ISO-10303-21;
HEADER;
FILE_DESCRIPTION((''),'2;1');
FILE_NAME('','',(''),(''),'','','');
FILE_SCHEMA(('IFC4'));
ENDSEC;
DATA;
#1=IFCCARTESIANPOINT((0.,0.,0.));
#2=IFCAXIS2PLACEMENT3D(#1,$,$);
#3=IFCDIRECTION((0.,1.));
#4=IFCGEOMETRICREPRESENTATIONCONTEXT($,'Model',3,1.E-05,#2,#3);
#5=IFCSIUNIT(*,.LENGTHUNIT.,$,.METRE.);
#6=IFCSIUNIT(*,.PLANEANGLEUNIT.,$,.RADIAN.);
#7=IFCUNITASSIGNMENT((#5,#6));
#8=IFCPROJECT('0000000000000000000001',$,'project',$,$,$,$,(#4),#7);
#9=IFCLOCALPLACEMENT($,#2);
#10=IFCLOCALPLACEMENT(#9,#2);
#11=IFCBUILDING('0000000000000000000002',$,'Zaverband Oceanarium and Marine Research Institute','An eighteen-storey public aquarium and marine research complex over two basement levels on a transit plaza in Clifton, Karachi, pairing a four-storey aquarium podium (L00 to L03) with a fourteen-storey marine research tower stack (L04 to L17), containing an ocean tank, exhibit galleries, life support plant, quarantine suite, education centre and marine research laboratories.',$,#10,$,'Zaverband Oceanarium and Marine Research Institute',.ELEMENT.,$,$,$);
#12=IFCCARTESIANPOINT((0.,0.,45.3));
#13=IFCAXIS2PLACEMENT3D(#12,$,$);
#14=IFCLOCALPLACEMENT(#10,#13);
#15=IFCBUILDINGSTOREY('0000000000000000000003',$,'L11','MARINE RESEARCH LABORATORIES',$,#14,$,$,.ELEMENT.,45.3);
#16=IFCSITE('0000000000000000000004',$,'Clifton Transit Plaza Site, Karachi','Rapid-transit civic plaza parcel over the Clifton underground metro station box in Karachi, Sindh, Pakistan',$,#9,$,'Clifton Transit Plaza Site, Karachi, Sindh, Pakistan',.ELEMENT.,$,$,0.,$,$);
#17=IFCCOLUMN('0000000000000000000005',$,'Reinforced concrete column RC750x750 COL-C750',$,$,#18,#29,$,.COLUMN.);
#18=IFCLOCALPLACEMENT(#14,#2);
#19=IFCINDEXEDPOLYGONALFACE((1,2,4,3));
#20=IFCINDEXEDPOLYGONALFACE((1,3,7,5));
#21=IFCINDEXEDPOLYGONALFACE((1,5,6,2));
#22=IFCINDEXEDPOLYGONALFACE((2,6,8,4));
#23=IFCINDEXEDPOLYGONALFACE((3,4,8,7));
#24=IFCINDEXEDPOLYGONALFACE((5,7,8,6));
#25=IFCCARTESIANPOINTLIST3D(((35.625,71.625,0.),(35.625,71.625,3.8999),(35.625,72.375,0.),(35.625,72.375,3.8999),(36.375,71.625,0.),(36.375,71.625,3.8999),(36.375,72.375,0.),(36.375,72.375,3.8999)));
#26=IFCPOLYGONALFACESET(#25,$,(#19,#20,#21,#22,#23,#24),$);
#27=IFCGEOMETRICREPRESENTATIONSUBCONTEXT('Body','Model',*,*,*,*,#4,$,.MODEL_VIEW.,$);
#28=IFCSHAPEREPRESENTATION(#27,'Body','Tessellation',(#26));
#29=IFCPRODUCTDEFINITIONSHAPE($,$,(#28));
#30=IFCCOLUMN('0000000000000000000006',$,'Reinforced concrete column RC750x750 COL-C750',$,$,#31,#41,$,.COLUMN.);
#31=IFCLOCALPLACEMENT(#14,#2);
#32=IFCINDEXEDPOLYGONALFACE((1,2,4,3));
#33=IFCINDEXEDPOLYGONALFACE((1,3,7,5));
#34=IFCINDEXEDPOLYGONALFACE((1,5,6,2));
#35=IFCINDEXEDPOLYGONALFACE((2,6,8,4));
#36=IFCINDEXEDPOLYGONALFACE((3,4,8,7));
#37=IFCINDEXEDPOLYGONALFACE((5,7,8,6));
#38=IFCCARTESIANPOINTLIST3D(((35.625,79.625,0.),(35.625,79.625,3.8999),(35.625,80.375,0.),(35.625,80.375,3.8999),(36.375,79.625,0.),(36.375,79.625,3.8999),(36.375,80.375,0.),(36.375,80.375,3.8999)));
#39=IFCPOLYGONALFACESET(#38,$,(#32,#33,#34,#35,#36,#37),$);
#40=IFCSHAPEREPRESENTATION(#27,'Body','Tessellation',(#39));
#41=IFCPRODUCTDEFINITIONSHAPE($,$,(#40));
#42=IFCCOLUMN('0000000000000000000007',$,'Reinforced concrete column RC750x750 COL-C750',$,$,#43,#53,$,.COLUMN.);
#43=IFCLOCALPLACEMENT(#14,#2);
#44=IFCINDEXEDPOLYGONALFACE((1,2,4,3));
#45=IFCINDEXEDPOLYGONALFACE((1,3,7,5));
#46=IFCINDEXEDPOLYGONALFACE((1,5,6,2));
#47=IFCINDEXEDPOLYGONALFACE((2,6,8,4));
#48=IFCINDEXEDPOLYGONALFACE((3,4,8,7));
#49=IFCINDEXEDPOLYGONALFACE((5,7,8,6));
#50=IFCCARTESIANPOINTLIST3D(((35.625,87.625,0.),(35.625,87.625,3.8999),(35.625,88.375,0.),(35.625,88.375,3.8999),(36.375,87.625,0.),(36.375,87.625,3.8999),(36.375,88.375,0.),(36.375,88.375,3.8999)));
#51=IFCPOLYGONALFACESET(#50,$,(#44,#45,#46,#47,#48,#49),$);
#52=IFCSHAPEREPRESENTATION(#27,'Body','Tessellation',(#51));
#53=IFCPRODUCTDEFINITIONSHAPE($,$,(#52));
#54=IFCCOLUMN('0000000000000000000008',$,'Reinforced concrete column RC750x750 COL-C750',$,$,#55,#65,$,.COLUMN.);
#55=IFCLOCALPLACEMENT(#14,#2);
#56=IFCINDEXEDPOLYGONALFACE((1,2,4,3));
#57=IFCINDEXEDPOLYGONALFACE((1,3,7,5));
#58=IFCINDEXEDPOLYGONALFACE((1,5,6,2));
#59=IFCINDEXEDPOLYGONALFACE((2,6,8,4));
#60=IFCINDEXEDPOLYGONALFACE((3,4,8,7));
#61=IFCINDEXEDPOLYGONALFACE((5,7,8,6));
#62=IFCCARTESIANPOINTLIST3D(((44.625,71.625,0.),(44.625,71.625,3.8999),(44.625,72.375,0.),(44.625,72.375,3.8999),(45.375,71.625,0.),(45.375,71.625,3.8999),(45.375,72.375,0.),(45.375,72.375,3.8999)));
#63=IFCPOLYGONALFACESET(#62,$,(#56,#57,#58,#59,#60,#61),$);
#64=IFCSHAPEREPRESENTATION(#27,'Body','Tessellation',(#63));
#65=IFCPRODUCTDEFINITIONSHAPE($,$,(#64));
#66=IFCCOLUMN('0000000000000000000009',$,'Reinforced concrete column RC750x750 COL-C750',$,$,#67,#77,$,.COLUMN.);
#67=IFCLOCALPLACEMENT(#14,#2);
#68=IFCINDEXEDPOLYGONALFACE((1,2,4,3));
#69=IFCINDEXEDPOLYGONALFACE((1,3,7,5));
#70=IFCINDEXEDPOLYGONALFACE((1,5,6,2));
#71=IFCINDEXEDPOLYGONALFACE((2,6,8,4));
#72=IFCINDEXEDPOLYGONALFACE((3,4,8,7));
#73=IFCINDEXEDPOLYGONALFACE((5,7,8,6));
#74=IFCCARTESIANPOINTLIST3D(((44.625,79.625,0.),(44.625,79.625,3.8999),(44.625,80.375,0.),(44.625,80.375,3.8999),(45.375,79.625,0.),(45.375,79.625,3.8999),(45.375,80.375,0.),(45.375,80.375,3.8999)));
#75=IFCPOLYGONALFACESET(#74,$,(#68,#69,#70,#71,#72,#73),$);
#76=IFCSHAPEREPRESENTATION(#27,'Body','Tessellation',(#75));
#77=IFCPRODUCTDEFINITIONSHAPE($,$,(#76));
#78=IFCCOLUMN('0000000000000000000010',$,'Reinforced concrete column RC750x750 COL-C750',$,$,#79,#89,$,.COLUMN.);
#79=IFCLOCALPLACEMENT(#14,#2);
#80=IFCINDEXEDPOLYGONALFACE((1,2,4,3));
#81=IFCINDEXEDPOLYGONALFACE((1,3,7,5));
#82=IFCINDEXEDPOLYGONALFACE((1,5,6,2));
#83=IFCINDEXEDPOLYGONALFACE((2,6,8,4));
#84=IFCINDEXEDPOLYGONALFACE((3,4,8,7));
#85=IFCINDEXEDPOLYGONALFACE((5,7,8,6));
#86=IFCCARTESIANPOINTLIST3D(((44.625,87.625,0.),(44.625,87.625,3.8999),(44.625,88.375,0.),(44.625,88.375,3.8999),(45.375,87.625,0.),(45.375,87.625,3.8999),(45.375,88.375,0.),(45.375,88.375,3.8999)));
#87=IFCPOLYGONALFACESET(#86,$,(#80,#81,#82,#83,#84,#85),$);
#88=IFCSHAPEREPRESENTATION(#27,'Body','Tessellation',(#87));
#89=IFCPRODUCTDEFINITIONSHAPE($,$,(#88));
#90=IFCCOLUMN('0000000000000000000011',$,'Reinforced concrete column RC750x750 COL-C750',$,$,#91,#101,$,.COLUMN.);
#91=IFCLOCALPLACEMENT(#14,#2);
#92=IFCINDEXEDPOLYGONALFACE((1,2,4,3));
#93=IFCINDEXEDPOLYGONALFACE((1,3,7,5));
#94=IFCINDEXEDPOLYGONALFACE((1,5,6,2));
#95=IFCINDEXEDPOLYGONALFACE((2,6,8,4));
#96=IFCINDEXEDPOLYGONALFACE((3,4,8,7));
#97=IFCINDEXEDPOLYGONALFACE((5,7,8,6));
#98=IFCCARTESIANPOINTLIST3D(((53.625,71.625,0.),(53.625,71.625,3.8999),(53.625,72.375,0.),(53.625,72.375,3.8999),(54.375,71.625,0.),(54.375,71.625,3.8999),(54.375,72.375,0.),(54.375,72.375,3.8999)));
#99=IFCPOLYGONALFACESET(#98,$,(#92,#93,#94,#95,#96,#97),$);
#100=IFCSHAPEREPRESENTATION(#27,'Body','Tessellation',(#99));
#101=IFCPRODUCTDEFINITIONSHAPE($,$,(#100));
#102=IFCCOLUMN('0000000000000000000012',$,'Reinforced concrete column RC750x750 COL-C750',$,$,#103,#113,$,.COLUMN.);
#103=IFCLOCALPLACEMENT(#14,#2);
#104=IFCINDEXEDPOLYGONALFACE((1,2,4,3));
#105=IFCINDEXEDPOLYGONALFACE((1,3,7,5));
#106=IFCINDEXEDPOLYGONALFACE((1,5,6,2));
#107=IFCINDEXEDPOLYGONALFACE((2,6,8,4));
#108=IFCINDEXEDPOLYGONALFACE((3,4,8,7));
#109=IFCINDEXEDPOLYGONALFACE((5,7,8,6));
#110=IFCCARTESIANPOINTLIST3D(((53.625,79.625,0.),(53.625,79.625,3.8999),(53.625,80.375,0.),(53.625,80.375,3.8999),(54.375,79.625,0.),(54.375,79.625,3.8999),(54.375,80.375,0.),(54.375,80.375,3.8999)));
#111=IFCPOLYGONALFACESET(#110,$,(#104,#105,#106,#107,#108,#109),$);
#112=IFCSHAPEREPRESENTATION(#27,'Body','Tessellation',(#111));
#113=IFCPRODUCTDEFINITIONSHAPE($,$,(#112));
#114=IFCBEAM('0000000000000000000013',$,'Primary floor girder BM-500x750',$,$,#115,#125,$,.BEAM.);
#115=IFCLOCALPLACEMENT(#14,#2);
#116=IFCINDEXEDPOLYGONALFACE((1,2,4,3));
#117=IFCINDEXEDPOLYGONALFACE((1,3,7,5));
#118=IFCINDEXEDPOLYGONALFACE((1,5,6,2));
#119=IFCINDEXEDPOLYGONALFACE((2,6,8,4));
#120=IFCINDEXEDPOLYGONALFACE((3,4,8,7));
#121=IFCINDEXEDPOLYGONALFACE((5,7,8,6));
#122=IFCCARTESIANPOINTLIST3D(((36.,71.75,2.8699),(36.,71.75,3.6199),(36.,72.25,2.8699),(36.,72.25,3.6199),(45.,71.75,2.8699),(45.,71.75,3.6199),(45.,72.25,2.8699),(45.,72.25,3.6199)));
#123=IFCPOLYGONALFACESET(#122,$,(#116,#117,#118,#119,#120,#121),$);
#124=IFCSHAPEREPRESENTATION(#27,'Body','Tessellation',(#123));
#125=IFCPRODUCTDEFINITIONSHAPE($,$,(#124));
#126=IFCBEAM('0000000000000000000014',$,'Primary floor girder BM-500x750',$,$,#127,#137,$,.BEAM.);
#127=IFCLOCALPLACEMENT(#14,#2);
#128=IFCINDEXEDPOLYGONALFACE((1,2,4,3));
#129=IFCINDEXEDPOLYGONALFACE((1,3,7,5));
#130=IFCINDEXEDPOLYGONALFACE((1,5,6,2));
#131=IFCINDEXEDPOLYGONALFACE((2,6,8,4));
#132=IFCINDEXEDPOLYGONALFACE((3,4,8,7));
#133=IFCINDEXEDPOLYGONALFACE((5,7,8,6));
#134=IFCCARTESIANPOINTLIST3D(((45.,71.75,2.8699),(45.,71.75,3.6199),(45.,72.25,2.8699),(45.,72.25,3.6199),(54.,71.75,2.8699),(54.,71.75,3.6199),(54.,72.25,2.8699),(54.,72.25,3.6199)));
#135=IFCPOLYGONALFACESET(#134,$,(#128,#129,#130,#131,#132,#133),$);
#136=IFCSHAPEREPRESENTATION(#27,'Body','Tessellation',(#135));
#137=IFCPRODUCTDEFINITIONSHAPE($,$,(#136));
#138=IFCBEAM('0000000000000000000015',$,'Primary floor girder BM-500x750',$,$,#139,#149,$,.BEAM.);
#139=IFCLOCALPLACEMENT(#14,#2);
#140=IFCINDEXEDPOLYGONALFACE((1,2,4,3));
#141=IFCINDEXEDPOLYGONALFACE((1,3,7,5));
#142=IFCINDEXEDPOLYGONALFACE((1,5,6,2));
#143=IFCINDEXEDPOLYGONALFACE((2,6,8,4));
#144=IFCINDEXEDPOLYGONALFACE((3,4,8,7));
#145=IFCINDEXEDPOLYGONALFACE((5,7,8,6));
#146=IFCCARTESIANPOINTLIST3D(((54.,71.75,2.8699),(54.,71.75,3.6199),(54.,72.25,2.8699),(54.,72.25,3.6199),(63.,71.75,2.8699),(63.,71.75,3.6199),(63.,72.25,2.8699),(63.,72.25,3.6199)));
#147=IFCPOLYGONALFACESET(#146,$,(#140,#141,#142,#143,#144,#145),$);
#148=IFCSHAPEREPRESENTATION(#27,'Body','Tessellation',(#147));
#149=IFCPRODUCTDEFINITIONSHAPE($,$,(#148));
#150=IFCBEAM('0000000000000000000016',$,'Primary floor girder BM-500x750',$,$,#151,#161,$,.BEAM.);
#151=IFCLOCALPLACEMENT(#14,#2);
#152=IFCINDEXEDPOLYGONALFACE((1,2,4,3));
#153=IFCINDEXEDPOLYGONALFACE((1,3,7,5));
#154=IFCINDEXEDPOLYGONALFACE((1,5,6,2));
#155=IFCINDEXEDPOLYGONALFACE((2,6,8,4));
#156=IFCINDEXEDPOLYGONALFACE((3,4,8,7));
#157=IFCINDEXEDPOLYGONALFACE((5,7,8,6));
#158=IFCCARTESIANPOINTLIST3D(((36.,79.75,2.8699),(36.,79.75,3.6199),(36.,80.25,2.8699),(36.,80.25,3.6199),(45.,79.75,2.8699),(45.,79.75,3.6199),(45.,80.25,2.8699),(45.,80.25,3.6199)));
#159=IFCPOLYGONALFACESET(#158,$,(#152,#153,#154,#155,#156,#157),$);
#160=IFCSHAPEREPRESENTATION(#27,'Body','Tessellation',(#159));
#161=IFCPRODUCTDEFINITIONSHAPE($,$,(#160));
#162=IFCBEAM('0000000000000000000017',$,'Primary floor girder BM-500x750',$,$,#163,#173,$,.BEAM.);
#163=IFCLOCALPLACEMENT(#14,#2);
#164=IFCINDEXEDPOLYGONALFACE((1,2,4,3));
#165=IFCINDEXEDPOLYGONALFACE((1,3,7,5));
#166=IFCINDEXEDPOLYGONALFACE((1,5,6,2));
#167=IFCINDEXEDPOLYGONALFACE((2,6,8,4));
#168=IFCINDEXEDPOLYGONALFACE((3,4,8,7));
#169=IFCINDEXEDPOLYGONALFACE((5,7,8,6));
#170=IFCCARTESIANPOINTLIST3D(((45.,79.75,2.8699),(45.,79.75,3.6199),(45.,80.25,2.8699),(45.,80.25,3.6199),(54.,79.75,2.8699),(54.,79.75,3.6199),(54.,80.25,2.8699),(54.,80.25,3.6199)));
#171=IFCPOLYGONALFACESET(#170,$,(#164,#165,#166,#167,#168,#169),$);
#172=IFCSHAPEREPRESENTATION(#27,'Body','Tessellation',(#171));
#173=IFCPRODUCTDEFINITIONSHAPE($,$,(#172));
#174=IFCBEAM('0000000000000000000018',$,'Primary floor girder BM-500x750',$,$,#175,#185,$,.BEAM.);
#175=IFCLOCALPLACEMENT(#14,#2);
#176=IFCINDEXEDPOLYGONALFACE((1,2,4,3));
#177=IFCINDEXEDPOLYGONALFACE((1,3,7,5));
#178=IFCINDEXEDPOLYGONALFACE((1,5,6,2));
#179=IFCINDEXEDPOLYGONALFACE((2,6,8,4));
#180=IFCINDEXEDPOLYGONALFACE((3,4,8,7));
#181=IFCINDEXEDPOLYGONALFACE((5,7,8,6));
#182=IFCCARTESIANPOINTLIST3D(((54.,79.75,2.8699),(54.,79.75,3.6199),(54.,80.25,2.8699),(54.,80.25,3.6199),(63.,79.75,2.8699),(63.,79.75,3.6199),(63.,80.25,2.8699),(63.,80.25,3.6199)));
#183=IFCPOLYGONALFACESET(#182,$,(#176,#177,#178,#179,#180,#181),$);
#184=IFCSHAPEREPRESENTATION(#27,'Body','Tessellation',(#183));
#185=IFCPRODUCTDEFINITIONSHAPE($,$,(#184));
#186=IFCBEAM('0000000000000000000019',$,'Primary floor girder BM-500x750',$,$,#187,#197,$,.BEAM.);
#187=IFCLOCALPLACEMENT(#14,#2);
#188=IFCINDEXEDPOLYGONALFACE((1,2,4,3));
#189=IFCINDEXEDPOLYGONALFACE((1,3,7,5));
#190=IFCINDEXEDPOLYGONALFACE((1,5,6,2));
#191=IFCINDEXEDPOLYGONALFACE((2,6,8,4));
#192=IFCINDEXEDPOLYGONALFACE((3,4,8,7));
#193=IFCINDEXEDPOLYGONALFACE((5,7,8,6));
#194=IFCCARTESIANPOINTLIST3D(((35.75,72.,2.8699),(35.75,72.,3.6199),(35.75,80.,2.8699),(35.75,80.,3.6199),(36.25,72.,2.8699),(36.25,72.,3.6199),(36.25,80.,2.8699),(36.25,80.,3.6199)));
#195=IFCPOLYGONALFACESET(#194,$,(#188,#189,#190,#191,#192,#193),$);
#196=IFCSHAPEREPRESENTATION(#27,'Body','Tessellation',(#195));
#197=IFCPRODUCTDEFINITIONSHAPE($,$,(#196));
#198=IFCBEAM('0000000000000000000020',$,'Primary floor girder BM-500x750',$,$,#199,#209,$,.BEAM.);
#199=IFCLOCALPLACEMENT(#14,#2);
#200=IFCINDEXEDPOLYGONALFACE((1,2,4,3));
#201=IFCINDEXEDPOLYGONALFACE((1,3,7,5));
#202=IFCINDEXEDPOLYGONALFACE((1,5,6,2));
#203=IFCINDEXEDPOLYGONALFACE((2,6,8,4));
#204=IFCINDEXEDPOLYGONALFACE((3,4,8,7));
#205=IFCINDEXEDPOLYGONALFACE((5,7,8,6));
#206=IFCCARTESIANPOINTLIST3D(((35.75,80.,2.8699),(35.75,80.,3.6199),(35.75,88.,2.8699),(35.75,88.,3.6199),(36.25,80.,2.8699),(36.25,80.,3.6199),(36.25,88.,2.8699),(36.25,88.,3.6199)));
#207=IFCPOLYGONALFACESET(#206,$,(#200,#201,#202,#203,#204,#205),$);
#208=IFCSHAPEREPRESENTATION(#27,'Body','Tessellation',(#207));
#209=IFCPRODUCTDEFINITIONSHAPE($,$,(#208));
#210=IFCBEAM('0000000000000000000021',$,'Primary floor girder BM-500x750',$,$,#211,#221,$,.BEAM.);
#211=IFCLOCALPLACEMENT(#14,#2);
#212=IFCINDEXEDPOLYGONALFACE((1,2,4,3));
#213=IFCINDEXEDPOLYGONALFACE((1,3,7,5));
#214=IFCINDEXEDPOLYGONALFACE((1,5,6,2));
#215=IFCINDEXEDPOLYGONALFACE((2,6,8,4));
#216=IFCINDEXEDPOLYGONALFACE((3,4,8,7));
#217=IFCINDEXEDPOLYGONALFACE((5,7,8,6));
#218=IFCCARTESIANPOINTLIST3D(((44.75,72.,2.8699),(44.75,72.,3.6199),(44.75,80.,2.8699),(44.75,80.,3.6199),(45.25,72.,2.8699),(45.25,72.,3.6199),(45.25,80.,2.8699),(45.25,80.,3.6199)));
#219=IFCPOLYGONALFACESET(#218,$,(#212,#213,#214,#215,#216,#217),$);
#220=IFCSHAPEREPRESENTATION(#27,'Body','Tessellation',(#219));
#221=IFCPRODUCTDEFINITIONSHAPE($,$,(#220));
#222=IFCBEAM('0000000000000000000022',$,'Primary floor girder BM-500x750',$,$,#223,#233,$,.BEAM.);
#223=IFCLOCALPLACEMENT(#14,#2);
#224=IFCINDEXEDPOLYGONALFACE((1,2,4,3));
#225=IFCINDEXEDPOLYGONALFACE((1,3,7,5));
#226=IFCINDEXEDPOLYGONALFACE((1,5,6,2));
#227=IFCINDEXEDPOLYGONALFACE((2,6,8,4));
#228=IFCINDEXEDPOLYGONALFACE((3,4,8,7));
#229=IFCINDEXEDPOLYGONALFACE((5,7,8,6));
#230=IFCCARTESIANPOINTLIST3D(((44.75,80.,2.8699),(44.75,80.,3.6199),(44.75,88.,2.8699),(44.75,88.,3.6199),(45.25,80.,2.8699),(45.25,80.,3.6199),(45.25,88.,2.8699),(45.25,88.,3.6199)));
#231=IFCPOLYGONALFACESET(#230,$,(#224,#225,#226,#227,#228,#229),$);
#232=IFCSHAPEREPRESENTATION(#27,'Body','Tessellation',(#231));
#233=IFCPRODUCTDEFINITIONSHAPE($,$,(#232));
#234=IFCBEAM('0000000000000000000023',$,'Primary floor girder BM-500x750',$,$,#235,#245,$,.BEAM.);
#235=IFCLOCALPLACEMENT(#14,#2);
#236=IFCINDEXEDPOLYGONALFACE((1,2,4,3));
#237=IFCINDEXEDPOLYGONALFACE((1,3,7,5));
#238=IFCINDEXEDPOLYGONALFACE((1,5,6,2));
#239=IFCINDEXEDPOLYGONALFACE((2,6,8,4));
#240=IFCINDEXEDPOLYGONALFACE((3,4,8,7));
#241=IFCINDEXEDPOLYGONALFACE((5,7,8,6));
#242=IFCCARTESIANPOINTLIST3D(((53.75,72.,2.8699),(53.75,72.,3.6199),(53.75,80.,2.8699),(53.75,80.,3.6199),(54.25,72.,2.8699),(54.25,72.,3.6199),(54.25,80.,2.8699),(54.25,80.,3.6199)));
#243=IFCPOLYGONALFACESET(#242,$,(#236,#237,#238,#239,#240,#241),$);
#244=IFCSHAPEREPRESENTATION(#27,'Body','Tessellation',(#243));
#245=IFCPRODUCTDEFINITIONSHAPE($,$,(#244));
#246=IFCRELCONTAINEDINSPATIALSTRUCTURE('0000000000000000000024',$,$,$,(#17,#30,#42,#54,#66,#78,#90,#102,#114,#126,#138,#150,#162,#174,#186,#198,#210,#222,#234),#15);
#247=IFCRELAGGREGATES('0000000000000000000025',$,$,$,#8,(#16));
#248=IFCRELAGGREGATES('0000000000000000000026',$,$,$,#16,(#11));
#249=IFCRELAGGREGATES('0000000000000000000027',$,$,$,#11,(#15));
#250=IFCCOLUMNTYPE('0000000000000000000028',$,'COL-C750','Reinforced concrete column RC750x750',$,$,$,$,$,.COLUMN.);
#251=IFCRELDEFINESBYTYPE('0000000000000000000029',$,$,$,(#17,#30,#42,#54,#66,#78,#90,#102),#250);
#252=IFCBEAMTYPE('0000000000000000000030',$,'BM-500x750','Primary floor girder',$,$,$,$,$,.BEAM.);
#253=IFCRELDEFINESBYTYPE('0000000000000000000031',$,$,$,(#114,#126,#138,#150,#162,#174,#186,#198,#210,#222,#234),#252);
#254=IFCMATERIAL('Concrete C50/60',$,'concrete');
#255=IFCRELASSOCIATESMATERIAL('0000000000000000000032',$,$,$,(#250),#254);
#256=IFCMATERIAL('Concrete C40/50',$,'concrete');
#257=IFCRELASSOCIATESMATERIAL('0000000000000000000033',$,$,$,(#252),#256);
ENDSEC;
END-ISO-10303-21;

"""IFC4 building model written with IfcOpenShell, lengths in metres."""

from ifc_helpers import new_model, si_unit, direction, frame, origin, origin_2d, place, context, subcontext, project, spatial, rectangle, extrude, material, material_profile, profile_set, type_object, element, save


model = new_model("IFC4")

# Units and contexts
model_context = context("Model", 3, precision=1e-05, world=origin(), true_north=direction((0.0, 1.0)))
body_context = subcontext(model_context, "Body", "Model", "MODEL_VIEW")
ifc_project = project(units=[si_unit("LENGTHUNIT", "METRE"), si_unit("PLANEANGLEUNIT", "RADIAN")], contexts=[model_context])

# Site, building, storey
site_placement = place(None, origin())
site = spatial("IfcSite", under=ifc_project, at=site_placement, Name="Clifton Transit Plaza Site, Karachi", Description="Rapid-transit civic plaza parcel over the Clifton underground metro station box in Karachi, Sindh, Pakistan", LongName="Clifton Transit Plaza Site, Karachi, Sindh, Pakistan", CompositionType="ELEMENT", RefElevation=0.0)
building_placement = place(site_placement, origin())
building = spatial("IfcBuilding", under=site, at=building_placement, Name="Zaverband Oceanarium and Marine Research Institute", Description="An eighteen-storey public aquarium and marine research complex over two basement levels on a transit plaza in Clifton, Karachi, pairing a four-storey aquarium podium (L00 to L03) with a fourteen-storey marine research tower stack (L04 to L17), containing an ocean tank, exhibit galleries, life support plant, quarantine suite, education centre and marine research laboratories.", LongName="Zaverband Oceanarium and Marine Research Institute", CompositionType="ELEMENT")
storey_placement = place(building_placement, frame((0.0, 0.0, 45.3)))
storey = spatial("IfcBuildingStorey", under=building, at=storey_placement, Name="L11", Description="MARINE RESEARCH LABORATORIES", CompositionType="ELEMENT", Elevation=45.3)

# Columns
ifc_material_1 = material(Name="Concrete C50/60", Category="concrete")
ifc_material_profile_1 = material_profile(ifc_material_1, rectangle(XDim=0.75, YDim=0.75, at=origin_2d()), Name="RC750x750")
ifc_profile_set_1 = profile_set([ifc_material_profile_1], Name="Concrete C50/60")
column_type = type_object("IfcColumnType", Name="COL-C750", Description="Reinforced concrete column RC750x750", PredefinedType="COLUMN", material=ifc_profile_set_1)
for number, where, z_axis, x_axis, name in (
    (1, (36.0, 72.0, 0.0), (0.0, 0.0, 1.0), (1.0, 0.0, 0.0), "Reinforced concrete column RC750x750 COL-C750"),
    (2, (36.0, 80.0, 0.0), (0.0, 0.0, 1.0), (1.0, 0.0, 0.0), "Reinforced concrete column RC750x750 COL-C750"),
    (3, (36.0, 88.0, 0.0), (0.0, 0.0, 1.0), (1.0, 0.0, 0.0), "Reinforced concrete column RC750x750 COL-C750"),
    (4, (45.0, 72.0, 0.0), (0.0, 0.0, 1.0), (1.0, 0.0, 0.0), "Reinforced concrete column RC750x750 COL-C750"),
    (5, (45.0, 80.0, 0.0), (0.0, 0.0, 1.0), (1.0, 0.0, 0.0), "Reinforced concrete column RC750x750 COL-C750"),
    (6, (45.0, 88.0, 0.0), (0.0, 0.0, 1.0), (1.0, 0.0, 0.0), "Reinforced concrete column RC750x750 COL-C750"),
    (7, (54.0, 72.0, 0.0), (0.0, 0.0, 1.0), (1.0, 0.0, 0.0), "Reinforced concrete column RC750x750 COL-C750"),
    (8, (54.0, 80.0, 0.0), (0.0, 0.0, 1.0), (1.0, 0.0, 0.0), "Reinforced concrete column RC750x750 COL-C750"),
):
    element("IfcColumn", number, at=place(storey_placement, frame(where, z_axis=z_axis, x_axis=x_axis)), inside=storey, type_object=column_type, Name=name, PredefinedType="COLUMN", context=body_context, shape_type="SweptSolid", body=[
        extrude(rectangle(XDim=0.75, YDim=0.75, at=origin_2d()), origin(), (0.0, 0.0, 1.0), 3.8999),
    ])

# Beams
ifc_material_2 = material(Name="Concrete C40/50", Category="concrete")
ifc_material_profile_2 = material_profile(ifc_material_2, rectangle(XDim=0.5, YDim=0.75, at=origin_2d()), Name="RC500x750")
ifc_profile_set_2 = profile_set([ifc_material_profile_2], Name="Concrete C40/50")
beam_type_1 = type_object("IfcBeamType", Name="BM-500x750", Description="Primary floor girder", PredefinedType="BEAM", material=ifc_profile_set_2)
for number, where, z_axis, x_axis, name in (
    (9, (36.0, 72.0, 3.2449), (1.0, 0.0, 0.0), (0.0, 1.0, 0.0), "Primary floor girder BM-500x750"),
    (10, (45.0, 72.0, 3.2449), (1.0, 0.0, 0.0), (0.0, 1.0, 0.0), "Primary floor girder BM-500x750"),
    (11, (54.0, 72.0, 3.2449), (1.0, 0.0, 0.0), (0.0, 1.0, 0.0), "Primary floor girder BM-500x750"),
    (12, (36.0, 80.0, 3.2449), (1.0, 0.0, 0.0), (0.0, 1.0, 0.0), "Primary floor girder BM-500x750"),
    (13, (45.0, 80.0, 3.2449), (1.0, 0.0, 0.0), (0.0, 1.0, 0.0), "Primary floor girder BM-500x750"),
    (14, (54.0, 80.0, 3.2449), (1.0, 0.0, 0.0), (0.0, 1.0, 0.0), "Primary floor girder BM-500x750"),
):
    element("IfcBeam", number, at=place(storey_placement, frame(where, z_axis=z_axis, x_axis=x_axis)), inside=storey, type_object=beam_type_1, Name=name, PredefinedType="BEAM", context=body_context, shape_type="SweptSolid", body=[
        extrude(rectangle(XDim=0.5, YDim=0.75, at=origin_2d()), origin(), (0.0, 0.0, 1.0), 9.0),
    ])
for number, where, z_axis, x_axis, name in (
    (15, (36.0, 72.0, 3.2449), (0.0, 1.0, 0.0), (-1.0, 0.0, 0.0), "Primary floor girder BM-500x750"),
    (16, (36.0, 80.0, 3.2449), (0.0, 1.0, 0.0), (-1.0, 0.0, 0.0), "Primary floor girder BM-500x750"),
    (17, (45.0, 72.0, 3.2449), (0.0, 1.0, 0.0), (-1.0, 0.0, 0.0), "Primary floor girder BM-500x750"),
    (18, (45.0, 80.0, 3.2449), (0.0, 1.0, 0.0), (-1.0, 0.0, 0.0), "Primary floor girder BM-500x750"),
    (19, (54.0, 72.0, 3.2449), (0.0, 1.0, 0.0), (-1.0, 0.0, 0.0), "Primary floor girder BM-500x750"),
):
    element("IfcBeam", number, at=place(storey_placement, frame(where, z_axis=z_axis, x_axis=x_axis)), inside=storey, type_object=beam_type_1, Name=name, PredefinedType="BEAM", context=body_context, shape_type="SweptSolid", body=[
        extrude(rectangle(XDim=0.5, YDim=0.75, at=origin_2d()), origin(), (0.0, 0.0, 1.0), 8.0),
    ])

save(model, "model.ifc")
